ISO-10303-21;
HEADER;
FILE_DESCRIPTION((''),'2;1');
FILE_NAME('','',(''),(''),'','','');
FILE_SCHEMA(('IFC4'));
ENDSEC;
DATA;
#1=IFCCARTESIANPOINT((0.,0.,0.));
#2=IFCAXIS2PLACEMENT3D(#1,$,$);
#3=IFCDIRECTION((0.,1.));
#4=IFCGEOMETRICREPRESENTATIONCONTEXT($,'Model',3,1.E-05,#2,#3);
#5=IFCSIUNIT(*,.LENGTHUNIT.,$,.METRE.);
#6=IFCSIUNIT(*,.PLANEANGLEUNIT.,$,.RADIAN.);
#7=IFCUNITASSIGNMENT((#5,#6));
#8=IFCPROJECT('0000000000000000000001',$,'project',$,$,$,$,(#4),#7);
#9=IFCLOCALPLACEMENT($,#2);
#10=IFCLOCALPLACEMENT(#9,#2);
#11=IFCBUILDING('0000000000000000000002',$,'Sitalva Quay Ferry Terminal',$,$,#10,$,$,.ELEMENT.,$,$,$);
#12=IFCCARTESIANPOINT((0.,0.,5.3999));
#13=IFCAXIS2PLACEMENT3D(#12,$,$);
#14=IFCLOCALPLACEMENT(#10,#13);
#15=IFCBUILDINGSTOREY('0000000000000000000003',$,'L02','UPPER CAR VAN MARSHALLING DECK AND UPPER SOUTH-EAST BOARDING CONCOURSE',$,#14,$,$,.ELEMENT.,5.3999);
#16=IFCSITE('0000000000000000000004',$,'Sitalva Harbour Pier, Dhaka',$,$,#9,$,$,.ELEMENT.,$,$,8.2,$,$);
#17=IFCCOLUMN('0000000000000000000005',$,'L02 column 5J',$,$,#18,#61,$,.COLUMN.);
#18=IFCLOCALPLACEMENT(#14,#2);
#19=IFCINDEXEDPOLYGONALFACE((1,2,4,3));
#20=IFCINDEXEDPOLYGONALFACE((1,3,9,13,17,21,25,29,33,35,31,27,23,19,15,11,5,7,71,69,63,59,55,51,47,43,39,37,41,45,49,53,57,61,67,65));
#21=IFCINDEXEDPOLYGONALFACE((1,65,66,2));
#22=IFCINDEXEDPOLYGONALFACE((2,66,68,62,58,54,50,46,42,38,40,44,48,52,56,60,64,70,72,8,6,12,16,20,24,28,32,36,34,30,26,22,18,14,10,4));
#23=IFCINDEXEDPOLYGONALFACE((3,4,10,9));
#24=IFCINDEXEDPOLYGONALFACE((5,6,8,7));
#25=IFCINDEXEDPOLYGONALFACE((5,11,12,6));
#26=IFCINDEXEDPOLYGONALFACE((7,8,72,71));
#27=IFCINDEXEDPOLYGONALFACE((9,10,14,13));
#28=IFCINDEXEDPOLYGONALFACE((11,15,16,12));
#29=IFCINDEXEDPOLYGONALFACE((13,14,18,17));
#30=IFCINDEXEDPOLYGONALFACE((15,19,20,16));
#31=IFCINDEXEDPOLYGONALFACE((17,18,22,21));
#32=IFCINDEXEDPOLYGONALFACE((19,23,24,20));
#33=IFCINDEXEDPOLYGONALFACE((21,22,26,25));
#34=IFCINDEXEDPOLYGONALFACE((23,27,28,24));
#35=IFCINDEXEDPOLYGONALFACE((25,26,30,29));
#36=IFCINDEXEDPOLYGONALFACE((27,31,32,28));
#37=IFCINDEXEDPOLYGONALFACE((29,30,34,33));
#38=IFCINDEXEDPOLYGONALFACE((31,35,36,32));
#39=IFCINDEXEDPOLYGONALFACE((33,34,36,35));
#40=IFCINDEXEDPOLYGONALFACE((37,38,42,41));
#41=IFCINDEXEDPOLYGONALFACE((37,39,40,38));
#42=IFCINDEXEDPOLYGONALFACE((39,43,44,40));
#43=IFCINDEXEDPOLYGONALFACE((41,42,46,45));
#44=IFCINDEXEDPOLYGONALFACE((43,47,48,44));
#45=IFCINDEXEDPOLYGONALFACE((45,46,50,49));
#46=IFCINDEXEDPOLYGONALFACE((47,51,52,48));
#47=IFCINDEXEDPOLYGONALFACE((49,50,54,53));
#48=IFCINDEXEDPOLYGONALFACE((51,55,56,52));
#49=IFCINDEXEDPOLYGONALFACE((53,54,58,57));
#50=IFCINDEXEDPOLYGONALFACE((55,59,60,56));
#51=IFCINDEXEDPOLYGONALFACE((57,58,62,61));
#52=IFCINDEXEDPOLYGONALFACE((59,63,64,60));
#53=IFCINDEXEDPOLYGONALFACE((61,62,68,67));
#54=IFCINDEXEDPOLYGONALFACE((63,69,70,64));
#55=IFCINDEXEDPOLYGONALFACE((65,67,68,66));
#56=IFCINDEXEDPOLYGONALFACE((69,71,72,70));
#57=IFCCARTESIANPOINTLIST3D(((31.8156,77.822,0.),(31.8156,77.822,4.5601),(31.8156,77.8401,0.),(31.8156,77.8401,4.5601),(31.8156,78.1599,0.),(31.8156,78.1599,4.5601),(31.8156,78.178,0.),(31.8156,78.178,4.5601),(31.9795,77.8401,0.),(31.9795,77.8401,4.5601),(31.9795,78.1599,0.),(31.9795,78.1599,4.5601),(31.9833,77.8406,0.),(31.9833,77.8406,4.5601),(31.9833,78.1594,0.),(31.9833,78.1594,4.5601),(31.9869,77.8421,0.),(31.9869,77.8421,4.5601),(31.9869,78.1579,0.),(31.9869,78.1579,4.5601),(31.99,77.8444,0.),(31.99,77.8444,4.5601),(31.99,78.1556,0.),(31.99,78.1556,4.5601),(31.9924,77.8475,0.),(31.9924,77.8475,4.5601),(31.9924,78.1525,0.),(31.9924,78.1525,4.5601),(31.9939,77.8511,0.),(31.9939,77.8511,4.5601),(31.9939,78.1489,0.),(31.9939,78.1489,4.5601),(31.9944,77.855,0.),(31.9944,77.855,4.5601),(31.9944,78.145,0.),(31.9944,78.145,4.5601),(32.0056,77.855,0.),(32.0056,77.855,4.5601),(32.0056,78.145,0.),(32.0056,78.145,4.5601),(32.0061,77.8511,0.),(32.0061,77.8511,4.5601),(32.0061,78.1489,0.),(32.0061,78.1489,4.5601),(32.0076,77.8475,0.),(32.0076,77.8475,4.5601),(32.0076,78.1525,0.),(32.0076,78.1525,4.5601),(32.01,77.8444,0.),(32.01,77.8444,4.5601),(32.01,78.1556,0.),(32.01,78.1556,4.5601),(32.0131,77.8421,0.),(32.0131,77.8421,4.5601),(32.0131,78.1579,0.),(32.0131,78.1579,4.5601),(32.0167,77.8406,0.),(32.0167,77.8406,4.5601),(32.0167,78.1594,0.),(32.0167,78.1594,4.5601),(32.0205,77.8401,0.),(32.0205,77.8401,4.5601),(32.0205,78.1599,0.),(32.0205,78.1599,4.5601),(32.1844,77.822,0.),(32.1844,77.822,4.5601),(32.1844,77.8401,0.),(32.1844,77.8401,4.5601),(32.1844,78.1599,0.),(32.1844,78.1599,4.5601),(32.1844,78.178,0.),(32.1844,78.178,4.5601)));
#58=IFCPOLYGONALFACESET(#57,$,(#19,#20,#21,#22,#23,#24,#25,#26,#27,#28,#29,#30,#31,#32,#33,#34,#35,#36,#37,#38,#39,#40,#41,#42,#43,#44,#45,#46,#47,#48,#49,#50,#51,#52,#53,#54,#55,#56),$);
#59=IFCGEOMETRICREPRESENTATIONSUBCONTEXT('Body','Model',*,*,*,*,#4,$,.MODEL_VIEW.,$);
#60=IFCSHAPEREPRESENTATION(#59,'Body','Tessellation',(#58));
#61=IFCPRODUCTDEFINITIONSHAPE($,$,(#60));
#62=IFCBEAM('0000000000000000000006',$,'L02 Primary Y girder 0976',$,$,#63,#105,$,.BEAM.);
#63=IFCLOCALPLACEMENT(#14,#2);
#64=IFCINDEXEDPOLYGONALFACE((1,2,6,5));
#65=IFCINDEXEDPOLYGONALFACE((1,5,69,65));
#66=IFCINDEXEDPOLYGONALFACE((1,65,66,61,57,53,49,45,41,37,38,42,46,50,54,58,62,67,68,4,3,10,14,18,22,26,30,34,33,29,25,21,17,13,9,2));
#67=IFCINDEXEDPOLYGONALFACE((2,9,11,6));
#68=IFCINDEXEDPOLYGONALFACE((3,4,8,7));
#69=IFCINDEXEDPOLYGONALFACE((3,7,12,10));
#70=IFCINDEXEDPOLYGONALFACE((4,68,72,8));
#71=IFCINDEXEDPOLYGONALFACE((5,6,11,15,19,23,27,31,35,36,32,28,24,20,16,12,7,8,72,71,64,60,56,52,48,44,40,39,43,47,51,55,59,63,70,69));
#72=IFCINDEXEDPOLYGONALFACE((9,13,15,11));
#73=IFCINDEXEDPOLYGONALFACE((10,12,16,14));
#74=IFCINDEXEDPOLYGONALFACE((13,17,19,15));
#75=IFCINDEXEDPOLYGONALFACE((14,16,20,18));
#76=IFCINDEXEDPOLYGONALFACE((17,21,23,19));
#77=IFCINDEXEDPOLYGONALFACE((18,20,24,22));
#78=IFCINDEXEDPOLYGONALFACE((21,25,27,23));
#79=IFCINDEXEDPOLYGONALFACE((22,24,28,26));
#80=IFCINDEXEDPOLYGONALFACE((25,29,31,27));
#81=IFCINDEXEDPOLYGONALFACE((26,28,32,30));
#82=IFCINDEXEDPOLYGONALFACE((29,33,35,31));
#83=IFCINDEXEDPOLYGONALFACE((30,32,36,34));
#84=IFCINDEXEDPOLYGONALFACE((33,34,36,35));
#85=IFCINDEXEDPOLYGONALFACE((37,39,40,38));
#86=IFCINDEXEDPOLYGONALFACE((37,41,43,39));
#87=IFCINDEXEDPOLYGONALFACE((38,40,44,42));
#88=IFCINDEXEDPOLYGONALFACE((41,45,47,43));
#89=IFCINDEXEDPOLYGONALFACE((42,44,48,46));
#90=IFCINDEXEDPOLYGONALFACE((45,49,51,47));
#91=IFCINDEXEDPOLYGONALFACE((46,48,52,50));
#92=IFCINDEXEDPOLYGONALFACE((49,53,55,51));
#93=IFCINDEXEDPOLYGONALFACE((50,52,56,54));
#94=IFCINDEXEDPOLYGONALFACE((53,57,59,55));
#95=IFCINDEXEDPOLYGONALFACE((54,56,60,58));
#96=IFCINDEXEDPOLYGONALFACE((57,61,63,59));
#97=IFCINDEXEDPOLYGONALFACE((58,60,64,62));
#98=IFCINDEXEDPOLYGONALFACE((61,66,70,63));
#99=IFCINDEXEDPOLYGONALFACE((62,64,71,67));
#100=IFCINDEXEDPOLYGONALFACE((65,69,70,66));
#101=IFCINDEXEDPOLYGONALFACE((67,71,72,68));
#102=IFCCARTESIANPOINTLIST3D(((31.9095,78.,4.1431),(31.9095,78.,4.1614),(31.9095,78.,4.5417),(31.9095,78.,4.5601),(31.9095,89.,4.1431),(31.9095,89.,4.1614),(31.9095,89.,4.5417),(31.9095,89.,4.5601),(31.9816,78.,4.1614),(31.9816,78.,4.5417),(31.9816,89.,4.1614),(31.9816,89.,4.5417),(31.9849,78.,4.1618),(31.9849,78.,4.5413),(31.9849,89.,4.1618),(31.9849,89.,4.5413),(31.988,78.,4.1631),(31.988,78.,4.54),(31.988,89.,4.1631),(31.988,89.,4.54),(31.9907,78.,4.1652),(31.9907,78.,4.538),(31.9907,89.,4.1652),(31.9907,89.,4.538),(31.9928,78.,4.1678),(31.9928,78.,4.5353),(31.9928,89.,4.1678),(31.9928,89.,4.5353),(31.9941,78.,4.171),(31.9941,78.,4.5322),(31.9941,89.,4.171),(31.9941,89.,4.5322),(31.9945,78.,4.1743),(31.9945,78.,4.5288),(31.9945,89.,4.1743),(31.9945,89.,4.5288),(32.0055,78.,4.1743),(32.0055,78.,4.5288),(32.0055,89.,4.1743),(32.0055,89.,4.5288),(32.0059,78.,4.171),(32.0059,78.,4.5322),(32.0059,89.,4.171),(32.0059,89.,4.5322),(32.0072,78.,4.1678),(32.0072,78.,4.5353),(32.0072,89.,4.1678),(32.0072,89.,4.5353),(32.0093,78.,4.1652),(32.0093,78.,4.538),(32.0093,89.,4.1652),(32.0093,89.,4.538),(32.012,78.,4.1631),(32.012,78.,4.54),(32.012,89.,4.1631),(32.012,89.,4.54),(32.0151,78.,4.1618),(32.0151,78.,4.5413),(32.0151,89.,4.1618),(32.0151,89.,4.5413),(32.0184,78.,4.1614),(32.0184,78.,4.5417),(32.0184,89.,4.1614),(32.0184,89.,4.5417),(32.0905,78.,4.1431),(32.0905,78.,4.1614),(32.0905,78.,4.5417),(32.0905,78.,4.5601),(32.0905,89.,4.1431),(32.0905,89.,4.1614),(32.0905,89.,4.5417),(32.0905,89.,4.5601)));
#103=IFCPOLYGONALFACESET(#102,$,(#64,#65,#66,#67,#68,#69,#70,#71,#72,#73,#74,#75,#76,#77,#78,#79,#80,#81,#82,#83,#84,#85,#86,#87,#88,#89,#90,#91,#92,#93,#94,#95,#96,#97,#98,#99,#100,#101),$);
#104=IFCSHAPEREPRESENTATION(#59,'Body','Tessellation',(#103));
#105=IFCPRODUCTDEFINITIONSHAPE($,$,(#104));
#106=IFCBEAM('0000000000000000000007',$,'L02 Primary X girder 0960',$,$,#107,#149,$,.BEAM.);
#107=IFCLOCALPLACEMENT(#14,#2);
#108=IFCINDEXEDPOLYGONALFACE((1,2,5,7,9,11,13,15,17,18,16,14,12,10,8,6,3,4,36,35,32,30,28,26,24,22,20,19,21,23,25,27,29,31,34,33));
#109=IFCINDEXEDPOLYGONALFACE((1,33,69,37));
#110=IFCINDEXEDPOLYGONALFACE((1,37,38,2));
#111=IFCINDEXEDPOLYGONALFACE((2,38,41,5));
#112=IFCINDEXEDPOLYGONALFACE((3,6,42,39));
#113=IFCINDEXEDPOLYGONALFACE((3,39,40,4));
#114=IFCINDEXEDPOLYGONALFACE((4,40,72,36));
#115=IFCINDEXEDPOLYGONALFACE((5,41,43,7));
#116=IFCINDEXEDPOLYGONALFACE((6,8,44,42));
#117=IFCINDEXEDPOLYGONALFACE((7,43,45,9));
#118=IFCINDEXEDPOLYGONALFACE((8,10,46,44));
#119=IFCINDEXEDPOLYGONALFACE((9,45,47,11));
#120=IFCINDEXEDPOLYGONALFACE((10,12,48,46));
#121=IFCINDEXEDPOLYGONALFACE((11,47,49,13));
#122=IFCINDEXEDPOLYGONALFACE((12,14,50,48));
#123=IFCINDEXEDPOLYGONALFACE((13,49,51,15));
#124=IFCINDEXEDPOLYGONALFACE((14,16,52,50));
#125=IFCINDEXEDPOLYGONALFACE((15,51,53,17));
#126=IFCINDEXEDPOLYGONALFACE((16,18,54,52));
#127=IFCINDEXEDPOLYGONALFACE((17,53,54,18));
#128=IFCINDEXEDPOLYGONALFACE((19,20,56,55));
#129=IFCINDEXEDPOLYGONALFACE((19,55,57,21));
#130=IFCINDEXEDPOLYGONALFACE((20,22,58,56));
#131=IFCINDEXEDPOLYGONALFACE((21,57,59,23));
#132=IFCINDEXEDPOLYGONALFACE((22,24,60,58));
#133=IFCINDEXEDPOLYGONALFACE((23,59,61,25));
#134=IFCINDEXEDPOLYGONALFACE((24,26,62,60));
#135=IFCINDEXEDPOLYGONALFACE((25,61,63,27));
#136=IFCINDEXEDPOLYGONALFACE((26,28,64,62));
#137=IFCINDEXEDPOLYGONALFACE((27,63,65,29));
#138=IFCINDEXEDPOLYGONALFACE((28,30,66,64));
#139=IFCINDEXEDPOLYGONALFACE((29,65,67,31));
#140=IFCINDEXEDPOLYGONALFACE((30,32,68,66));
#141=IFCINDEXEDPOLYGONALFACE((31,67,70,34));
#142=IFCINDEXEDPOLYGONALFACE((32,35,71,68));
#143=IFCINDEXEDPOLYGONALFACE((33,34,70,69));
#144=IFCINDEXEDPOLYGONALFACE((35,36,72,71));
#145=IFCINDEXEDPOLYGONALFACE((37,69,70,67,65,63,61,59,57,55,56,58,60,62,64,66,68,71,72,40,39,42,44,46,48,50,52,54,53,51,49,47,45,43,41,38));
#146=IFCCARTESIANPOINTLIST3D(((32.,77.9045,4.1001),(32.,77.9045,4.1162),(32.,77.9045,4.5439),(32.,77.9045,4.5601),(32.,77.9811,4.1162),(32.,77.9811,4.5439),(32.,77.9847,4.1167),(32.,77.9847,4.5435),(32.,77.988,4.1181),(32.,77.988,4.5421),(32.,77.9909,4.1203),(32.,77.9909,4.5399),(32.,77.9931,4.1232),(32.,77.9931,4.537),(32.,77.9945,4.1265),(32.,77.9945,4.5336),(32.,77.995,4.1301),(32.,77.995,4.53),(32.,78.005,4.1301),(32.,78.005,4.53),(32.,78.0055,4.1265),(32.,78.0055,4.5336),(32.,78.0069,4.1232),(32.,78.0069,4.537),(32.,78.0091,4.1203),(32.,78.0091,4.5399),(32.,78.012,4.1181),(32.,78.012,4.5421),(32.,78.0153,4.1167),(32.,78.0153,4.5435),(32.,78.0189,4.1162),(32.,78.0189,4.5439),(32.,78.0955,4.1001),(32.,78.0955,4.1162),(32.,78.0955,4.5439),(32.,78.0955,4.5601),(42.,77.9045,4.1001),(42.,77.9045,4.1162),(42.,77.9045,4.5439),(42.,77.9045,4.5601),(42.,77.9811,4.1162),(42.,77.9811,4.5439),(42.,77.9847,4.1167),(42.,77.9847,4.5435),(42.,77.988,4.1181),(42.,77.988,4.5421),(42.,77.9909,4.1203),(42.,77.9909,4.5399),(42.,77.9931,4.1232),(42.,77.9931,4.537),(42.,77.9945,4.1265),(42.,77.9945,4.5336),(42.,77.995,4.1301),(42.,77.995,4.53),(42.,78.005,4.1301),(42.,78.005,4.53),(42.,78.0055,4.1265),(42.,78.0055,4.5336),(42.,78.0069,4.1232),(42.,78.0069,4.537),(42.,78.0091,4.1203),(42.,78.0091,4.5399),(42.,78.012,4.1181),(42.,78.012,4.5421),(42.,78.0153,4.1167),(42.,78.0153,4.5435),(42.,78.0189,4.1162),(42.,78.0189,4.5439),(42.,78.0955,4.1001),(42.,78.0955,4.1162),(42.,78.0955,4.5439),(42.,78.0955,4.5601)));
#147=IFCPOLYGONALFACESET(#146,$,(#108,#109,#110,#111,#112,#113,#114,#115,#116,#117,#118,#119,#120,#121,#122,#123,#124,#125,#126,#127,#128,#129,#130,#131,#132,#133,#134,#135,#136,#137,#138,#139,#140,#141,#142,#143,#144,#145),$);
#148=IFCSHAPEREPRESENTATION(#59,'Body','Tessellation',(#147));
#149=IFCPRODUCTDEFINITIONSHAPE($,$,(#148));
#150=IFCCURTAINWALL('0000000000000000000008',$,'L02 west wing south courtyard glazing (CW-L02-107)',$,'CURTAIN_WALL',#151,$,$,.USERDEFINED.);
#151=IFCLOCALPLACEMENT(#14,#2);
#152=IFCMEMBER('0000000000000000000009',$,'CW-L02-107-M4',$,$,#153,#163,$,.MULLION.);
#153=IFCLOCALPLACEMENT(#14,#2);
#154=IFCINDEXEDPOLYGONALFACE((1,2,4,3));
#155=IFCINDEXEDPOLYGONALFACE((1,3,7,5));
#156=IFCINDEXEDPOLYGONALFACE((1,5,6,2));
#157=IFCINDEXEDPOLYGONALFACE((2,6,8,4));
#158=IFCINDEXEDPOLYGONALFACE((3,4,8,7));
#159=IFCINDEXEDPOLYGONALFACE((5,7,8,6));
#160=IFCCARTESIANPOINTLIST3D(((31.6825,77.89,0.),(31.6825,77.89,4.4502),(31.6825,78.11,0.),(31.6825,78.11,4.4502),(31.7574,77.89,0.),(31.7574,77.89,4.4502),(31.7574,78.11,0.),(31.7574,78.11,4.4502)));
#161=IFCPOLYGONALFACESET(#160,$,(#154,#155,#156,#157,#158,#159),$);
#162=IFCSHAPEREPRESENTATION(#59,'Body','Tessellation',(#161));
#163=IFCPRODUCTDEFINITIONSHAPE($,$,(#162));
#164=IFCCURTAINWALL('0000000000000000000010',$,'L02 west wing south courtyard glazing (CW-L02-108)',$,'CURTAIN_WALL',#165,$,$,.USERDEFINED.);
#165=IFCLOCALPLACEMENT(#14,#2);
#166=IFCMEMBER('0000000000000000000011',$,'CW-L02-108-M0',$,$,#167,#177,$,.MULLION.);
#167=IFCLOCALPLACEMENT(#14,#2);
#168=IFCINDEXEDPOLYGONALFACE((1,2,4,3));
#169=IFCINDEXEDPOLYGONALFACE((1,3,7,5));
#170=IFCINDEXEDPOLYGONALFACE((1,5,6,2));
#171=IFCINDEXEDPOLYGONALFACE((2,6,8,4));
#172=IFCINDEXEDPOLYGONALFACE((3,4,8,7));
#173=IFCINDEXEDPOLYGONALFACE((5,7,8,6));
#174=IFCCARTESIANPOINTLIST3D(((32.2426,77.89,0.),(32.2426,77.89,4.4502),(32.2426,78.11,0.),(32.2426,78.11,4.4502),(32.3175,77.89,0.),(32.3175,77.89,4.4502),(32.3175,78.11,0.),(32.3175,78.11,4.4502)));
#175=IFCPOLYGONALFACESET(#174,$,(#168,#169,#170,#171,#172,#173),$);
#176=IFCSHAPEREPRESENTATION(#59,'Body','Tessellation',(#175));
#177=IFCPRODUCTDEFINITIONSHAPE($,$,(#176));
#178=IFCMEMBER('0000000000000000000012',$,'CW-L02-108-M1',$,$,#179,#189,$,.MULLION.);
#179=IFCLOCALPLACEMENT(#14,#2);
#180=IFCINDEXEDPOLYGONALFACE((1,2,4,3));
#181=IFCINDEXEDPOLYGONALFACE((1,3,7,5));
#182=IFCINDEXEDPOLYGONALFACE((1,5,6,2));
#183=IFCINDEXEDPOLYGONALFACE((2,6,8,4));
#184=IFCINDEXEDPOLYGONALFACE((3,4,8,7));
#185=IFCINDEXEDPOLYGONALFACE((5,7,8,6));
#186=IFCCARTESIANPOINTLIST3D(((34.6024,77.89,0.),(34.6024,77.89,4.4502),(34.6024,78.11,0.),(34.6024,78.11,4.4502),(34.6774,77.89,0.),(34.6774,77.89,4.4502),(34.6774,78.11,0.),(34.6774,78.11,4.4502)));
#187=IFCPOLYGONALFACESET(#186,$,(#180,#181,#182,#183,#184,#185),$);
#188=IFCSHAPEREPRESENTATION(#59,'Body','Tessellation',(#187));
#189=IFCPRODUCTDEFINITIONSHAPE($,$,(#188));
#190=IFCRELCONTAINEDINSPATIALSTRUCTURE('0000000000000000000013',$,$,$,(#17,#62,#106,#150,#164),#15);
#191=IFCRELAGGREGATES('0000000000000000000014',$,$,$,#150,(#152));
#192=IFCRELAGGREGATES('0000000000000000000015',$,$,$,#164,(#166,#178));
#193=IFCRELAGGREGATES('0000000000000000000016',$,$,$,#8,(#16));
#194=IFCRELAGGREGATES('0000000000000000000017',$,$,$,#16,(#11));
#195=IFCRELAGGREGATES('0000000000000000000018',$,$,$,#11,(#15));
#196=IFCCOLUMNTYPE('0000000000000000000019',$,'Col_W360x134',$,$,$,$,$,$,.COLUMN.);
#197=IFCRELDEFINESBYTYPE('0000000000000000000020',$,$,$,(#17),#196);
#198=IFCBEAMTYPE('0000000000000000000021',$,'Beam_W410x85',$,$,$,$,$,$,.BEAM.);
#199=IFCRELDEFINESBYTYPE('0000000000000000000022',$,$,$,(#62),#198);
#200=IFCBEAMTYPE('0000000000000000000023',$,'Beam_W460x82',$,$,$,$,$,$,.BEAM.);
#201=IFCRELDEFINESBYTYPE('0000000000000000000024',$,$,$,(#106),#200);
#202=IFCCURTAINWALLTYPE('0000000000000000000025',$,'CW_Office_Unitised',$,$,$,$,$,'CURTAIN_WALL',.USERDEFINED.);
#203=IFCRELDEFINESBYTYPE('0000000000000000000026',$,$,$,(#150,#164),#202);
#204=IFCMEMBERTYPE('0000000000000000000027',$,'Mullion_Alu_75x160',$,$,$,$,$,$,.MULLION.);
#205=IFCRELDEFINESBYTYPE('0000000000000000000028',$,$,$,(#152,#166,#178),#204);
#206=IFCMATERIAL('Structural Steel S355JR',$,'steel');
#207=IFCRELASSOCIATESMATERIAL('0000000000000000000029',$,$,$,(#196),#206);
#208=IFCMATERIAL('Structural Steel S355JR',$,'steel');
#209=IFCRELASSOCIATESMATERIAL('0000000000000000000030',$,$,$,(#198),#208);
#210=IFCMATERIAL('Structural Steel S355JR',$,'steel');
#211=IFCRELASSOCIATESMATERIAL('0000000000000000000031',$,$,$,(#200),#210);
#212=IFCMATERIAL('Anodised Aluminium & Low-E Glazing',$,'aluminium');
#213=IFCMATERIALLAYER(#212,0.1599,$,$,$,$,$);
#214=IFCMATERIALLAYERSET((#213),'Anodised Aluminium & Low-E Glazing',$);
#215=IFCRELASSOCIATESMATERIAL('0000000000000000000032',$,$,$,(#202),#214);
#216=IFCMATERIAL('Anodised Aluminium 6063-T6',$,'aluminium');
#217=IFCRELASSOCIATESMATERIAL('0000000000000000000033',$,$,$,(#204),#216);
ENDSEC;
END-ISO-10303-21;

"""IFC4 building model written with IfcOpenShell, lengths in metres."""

from ifc_helpers import new_model, si_unit, direction, frame, origin, origin_2d, place, context, subcontext, project, spatial, rectangle, i_section, extrude, material, layer, layer_set, material_profile, profile_set, type_object, element, aggregate, save


model = new_model("IFC4")

# Units and contexts
model_context = context("Model", 3, precision=1e-05, world=origin(), true_north=direction((0.0, 1.0)))
body_context = subcontext(model_context, "Body", "Model", "MODEL_VIEW")
ifc_project = project(units=[si_unit("LENGTHUNIT", "METRE"), si_unit("PLANEANGLEUNIT", "RADIAN")], contexts=[model_context])

# Site, building, storey
site_placement = place(None, origin())
site = spatial("IfcSite", under=ifc_project, at=site_placement, Name="Sitalva Harbour Pier, Dhaka", CompositionType="ELEMENT", RefElevation=8.2)
building_placement = place(site_placement, origin())
building = spatial("IfcBuilding", under=site, at=building_placement, Name="Sitalva Quay Ferry Terminal", CompositionType="ELEMENT")
storey_placement = place(building_placement, frame((0.0, 0.0, 5.3999)))
storey = spatial("IfcBuildingStorey", under=building, at=storey_placement, Name="L02", Description="UPPER CAR VAN MARSHALLING DECK AND UPPER SOUTH-EAST BOARDING CONCOURSE", CompositionType="ELEMENT", Elevation=5.3999)

# Column
ifc_material_1 = material(Name="Structural Steel S355JR", Category="steel")
ifc_material_profile_1 = material_profile(ifc_material_1, i_section(OverallWidth=0.3689, OverallDepth=0.356, WebThickness=0.0112, FlangeThickness=0.0181, FilletRadius=0.0149, at=origin_2d()), Name="W360x134")
ifc_profile_set_1 = profile_set([ifc_material_profile_1], Name="Structural Steel S355JR")
column_type = type_object("IfcColumnType", Name="Col_W360x134", PredefinedType="COLUMN", material=ifc_profile_set_1)
column_placement = place(storey_placement, frame((32.0, 78.0, 0.0), z_axis=(0.0, 0.0, 1.0), x_axis=(1.0, 0.0, 0.0)))
element("IfcColumn", 1, at=column_placement, inside=storey, type_object=column_type, Name="L02 column 5J", PredefinedType="COLUMN", context=body_context, shape_type="SweptSolid", body=[
    extrude(i_section(OverallWidth=0.3689, OverallDepth=0.356, WebThickness=0.0112, FlangeThickness=0.0181, FilletRadius=0.0149, at=origin_2d()), origin(), (0.0, 0.0, 1.0), 4.5601),
])

# Beams
ifc_material_2 = material(Name="Structural Steel S355JR", Category="steel")
ifc_material_profile_2 = material_profile(ifc_material_2, i_section(OverallWidth=0.1809, OverallDepth=0.417, WebThickness=0.011, FlangeThickness=0.0183, FilletRadius=0.0129, at=origin_2d()), Name="W410x85")
ifc_profile_set_2 = profile_set([ifc_material_profile_2], Name="Structural Steel S355JR")
beam_type_1 = type_object("IfcBeamType", Name="Beam_W410x85", PredefinedType="BEAM", material=ifc_profile_set_2)
beam_1_placement = place(storey_placement, frame((32.0, 78.0, 4.3516), z_axis=(0.0, 1.0, 0.0), x_axis=(-1.0, 0.0, 0.0)))
element("IfcBeam", 2, at=beam_1_placement, inside=storey, type_object=beam_type_1, Name="L02 Primary Y girder 0976", PredefinedType="BEAM", context=body_context, shape_type="SweptSolid", body=[
    extrude(i_section(OverallWidth=0.1809, OverallDepth=0.417, WebThickness=0.011, FlangeThickness=0.0183, FilletRadius=0.0129, at=origin_2d()), origin(), (0.0, 0.0, 1.0), 11.0),
])
ifc_material_3 = material(Name="Structural Steel S355JR", Category="steel")
ifc_material_profile_3 = material_profile(ifc_material_3, i_section(OverallWidth=0.1909, OverallDepth=0.46, WebThickness=0.01, FlangeThickness=0.0161, FilletRadius=0.0139, at=origin_2d()), Name="W460x82")
ifc_profile_set_3 = profile_set([ifc_material_profile_3], Name="Structural Steel S355JR")
beam_type_2 = type_object("IfcBeamType", Name="Beam_W460x82", PredefinedType="BEAM", material=ifc_profile_set_3)
beam_2_placement = place(storey_placement, frame((32.0, 78.0, 4.3301), z_axis=(1.0, 0.0, 0.0), x_axis=(0.0, 1.0, 0.0)))
element("IfcBeam", 3, at=beam_2_placement, inside=storey, type_object=beam_type_2, Name="L02 Primary X girder 0960", PredefinedType="BEAM", context=body_context, shape_type="SweptSolid", body=[
    extrude(i_section(OverallWidth=0.1909, OverallDepth=0.46, WebThickness=0.01, FlangeThickness=0.0161, FilletRadius=0.0139, at=origin_2d()), origin(), (0.0, 0.0, 1.0), 10.0),
])

# Curtain wall, member
ifc_material_4 = material(Name="Anodised Aluminium & Low-E Glazing", Category="aluminium")
ifc_layer_1 = layer(ifc_material_4, 0.1599)
ifc_layer_set_1 = layer_set([ifc_layer_1], Name="Anodised Aluminium & Low-E Glazing")
curtain_wall_type = type_object("IfcCurtainWallType", Name="CW_Office_Unitised", ElementType="CURTAIN_WALL", PredefinedType="USERDEFINED", material=ifc_layer_set_1)
curtain_wall_1_placement = place(storey_placement, origin())
curtain_wall_1 = element("IfcCurtainWall", 4, at=curtain_wall_1_placement, inside=storey, type_object=curtain_wall_type, Name="L02 west wing south courtyard glazing (CW-L02-107)", ObjectType="CURTAIN_WALL", PredefinedType="USERDEFINED")
ifc_material_5 = material(Name="Anodised Aluminium 6063-T6", Category="aluminium")
ifc_material_profile_4 = material_profile(ifc_material_5, rectangle(XDim=0.075, YDim=0.22, at=origin_2d()), Name="ALU75x220")
ifc_profile_set_4 = profile_set([ifc_material_profile_4], Name="Anodised Aluminium 6063-T6")
member_type_1 = type_object("IfcMemberType", Name="Mullion_Alu_75x160", PredefinedType="MULLION", material=ifc_profile_set_4)
member_1_placement = place(storey_placement, frame((31.72, 78.0, 0.0), z_axis=(0.0, 0.0, 1.0), x_axis=(1.0, 0.0, 0.0)))
member_1 = element("IfcMember", 5, at=member_1_placement, type_object=member_type_1, Name="CW-L02-107-M4", PredefinedType="MULLION", context=body_context, shape_type="SweptSolid", body=[
    extrude(rectangle(XDim=0.075, YDim=0.22, at=origin_2d()), origin(), (0.0, 0.0, 1.0), 4.4502),
])

# Curtain wall, members
curtain_wall_2_placement = place(storey_placement, origin())
curtain_wall_2 = element("IfcCurtainWall", 6, at=curtain_wall_2_placement, inside=storey, type_object=curtain_wall_type, Name="L02 west wing south courtyard glazing (CW-L02-108)", ObjectType="CURTAIN_WALL", PredefinedType="USERDEFINED")
member_2_placement = place(storey_placement, frame((32.28, 78.0, 0.0), z_axis=(0.0, 0.0, 1.0), x_axis=(1.0, 0.0, 0.0)))
member_2 = element("IfcMember", 7, at=member_2_placement, type_object=member_type_1, Name="CW-L02-108-M0", PredefinedType="MULLION", context=body_context, shape_type="SweptSolid", body=[
    extrude(rectangle(XDim=0.075, YDim=0.22, at=origin_2d()), origin(), (0.0, 0.0, 1.0), 4.4502),
])
member_3_placement = place(storey_placement, frame((34.6399, 78.0, 0.0), z_axis=(0.0, 0.0, 1.0), x_axis=(1.0, 0.0, 0.0)))
member_3 = element("IfcMember", 8, at=member_3_placement, type_object=member_type_1, Name="CW-L02-108-M1", PredefinedType="MULLION", context=body_context, shape_type="SweptSolid", body=[
    extrude(rectangle(XDim=0.075, YDim=0.22, at=origin_2d()), origin(), (0.0, 0.0, 1.0), 4.4502),
])

aggregate(curtain_wall_1, [member_1])
aggregate(curtain_wall_2, [member_2, member_3])

save(model, "model.ifc")
